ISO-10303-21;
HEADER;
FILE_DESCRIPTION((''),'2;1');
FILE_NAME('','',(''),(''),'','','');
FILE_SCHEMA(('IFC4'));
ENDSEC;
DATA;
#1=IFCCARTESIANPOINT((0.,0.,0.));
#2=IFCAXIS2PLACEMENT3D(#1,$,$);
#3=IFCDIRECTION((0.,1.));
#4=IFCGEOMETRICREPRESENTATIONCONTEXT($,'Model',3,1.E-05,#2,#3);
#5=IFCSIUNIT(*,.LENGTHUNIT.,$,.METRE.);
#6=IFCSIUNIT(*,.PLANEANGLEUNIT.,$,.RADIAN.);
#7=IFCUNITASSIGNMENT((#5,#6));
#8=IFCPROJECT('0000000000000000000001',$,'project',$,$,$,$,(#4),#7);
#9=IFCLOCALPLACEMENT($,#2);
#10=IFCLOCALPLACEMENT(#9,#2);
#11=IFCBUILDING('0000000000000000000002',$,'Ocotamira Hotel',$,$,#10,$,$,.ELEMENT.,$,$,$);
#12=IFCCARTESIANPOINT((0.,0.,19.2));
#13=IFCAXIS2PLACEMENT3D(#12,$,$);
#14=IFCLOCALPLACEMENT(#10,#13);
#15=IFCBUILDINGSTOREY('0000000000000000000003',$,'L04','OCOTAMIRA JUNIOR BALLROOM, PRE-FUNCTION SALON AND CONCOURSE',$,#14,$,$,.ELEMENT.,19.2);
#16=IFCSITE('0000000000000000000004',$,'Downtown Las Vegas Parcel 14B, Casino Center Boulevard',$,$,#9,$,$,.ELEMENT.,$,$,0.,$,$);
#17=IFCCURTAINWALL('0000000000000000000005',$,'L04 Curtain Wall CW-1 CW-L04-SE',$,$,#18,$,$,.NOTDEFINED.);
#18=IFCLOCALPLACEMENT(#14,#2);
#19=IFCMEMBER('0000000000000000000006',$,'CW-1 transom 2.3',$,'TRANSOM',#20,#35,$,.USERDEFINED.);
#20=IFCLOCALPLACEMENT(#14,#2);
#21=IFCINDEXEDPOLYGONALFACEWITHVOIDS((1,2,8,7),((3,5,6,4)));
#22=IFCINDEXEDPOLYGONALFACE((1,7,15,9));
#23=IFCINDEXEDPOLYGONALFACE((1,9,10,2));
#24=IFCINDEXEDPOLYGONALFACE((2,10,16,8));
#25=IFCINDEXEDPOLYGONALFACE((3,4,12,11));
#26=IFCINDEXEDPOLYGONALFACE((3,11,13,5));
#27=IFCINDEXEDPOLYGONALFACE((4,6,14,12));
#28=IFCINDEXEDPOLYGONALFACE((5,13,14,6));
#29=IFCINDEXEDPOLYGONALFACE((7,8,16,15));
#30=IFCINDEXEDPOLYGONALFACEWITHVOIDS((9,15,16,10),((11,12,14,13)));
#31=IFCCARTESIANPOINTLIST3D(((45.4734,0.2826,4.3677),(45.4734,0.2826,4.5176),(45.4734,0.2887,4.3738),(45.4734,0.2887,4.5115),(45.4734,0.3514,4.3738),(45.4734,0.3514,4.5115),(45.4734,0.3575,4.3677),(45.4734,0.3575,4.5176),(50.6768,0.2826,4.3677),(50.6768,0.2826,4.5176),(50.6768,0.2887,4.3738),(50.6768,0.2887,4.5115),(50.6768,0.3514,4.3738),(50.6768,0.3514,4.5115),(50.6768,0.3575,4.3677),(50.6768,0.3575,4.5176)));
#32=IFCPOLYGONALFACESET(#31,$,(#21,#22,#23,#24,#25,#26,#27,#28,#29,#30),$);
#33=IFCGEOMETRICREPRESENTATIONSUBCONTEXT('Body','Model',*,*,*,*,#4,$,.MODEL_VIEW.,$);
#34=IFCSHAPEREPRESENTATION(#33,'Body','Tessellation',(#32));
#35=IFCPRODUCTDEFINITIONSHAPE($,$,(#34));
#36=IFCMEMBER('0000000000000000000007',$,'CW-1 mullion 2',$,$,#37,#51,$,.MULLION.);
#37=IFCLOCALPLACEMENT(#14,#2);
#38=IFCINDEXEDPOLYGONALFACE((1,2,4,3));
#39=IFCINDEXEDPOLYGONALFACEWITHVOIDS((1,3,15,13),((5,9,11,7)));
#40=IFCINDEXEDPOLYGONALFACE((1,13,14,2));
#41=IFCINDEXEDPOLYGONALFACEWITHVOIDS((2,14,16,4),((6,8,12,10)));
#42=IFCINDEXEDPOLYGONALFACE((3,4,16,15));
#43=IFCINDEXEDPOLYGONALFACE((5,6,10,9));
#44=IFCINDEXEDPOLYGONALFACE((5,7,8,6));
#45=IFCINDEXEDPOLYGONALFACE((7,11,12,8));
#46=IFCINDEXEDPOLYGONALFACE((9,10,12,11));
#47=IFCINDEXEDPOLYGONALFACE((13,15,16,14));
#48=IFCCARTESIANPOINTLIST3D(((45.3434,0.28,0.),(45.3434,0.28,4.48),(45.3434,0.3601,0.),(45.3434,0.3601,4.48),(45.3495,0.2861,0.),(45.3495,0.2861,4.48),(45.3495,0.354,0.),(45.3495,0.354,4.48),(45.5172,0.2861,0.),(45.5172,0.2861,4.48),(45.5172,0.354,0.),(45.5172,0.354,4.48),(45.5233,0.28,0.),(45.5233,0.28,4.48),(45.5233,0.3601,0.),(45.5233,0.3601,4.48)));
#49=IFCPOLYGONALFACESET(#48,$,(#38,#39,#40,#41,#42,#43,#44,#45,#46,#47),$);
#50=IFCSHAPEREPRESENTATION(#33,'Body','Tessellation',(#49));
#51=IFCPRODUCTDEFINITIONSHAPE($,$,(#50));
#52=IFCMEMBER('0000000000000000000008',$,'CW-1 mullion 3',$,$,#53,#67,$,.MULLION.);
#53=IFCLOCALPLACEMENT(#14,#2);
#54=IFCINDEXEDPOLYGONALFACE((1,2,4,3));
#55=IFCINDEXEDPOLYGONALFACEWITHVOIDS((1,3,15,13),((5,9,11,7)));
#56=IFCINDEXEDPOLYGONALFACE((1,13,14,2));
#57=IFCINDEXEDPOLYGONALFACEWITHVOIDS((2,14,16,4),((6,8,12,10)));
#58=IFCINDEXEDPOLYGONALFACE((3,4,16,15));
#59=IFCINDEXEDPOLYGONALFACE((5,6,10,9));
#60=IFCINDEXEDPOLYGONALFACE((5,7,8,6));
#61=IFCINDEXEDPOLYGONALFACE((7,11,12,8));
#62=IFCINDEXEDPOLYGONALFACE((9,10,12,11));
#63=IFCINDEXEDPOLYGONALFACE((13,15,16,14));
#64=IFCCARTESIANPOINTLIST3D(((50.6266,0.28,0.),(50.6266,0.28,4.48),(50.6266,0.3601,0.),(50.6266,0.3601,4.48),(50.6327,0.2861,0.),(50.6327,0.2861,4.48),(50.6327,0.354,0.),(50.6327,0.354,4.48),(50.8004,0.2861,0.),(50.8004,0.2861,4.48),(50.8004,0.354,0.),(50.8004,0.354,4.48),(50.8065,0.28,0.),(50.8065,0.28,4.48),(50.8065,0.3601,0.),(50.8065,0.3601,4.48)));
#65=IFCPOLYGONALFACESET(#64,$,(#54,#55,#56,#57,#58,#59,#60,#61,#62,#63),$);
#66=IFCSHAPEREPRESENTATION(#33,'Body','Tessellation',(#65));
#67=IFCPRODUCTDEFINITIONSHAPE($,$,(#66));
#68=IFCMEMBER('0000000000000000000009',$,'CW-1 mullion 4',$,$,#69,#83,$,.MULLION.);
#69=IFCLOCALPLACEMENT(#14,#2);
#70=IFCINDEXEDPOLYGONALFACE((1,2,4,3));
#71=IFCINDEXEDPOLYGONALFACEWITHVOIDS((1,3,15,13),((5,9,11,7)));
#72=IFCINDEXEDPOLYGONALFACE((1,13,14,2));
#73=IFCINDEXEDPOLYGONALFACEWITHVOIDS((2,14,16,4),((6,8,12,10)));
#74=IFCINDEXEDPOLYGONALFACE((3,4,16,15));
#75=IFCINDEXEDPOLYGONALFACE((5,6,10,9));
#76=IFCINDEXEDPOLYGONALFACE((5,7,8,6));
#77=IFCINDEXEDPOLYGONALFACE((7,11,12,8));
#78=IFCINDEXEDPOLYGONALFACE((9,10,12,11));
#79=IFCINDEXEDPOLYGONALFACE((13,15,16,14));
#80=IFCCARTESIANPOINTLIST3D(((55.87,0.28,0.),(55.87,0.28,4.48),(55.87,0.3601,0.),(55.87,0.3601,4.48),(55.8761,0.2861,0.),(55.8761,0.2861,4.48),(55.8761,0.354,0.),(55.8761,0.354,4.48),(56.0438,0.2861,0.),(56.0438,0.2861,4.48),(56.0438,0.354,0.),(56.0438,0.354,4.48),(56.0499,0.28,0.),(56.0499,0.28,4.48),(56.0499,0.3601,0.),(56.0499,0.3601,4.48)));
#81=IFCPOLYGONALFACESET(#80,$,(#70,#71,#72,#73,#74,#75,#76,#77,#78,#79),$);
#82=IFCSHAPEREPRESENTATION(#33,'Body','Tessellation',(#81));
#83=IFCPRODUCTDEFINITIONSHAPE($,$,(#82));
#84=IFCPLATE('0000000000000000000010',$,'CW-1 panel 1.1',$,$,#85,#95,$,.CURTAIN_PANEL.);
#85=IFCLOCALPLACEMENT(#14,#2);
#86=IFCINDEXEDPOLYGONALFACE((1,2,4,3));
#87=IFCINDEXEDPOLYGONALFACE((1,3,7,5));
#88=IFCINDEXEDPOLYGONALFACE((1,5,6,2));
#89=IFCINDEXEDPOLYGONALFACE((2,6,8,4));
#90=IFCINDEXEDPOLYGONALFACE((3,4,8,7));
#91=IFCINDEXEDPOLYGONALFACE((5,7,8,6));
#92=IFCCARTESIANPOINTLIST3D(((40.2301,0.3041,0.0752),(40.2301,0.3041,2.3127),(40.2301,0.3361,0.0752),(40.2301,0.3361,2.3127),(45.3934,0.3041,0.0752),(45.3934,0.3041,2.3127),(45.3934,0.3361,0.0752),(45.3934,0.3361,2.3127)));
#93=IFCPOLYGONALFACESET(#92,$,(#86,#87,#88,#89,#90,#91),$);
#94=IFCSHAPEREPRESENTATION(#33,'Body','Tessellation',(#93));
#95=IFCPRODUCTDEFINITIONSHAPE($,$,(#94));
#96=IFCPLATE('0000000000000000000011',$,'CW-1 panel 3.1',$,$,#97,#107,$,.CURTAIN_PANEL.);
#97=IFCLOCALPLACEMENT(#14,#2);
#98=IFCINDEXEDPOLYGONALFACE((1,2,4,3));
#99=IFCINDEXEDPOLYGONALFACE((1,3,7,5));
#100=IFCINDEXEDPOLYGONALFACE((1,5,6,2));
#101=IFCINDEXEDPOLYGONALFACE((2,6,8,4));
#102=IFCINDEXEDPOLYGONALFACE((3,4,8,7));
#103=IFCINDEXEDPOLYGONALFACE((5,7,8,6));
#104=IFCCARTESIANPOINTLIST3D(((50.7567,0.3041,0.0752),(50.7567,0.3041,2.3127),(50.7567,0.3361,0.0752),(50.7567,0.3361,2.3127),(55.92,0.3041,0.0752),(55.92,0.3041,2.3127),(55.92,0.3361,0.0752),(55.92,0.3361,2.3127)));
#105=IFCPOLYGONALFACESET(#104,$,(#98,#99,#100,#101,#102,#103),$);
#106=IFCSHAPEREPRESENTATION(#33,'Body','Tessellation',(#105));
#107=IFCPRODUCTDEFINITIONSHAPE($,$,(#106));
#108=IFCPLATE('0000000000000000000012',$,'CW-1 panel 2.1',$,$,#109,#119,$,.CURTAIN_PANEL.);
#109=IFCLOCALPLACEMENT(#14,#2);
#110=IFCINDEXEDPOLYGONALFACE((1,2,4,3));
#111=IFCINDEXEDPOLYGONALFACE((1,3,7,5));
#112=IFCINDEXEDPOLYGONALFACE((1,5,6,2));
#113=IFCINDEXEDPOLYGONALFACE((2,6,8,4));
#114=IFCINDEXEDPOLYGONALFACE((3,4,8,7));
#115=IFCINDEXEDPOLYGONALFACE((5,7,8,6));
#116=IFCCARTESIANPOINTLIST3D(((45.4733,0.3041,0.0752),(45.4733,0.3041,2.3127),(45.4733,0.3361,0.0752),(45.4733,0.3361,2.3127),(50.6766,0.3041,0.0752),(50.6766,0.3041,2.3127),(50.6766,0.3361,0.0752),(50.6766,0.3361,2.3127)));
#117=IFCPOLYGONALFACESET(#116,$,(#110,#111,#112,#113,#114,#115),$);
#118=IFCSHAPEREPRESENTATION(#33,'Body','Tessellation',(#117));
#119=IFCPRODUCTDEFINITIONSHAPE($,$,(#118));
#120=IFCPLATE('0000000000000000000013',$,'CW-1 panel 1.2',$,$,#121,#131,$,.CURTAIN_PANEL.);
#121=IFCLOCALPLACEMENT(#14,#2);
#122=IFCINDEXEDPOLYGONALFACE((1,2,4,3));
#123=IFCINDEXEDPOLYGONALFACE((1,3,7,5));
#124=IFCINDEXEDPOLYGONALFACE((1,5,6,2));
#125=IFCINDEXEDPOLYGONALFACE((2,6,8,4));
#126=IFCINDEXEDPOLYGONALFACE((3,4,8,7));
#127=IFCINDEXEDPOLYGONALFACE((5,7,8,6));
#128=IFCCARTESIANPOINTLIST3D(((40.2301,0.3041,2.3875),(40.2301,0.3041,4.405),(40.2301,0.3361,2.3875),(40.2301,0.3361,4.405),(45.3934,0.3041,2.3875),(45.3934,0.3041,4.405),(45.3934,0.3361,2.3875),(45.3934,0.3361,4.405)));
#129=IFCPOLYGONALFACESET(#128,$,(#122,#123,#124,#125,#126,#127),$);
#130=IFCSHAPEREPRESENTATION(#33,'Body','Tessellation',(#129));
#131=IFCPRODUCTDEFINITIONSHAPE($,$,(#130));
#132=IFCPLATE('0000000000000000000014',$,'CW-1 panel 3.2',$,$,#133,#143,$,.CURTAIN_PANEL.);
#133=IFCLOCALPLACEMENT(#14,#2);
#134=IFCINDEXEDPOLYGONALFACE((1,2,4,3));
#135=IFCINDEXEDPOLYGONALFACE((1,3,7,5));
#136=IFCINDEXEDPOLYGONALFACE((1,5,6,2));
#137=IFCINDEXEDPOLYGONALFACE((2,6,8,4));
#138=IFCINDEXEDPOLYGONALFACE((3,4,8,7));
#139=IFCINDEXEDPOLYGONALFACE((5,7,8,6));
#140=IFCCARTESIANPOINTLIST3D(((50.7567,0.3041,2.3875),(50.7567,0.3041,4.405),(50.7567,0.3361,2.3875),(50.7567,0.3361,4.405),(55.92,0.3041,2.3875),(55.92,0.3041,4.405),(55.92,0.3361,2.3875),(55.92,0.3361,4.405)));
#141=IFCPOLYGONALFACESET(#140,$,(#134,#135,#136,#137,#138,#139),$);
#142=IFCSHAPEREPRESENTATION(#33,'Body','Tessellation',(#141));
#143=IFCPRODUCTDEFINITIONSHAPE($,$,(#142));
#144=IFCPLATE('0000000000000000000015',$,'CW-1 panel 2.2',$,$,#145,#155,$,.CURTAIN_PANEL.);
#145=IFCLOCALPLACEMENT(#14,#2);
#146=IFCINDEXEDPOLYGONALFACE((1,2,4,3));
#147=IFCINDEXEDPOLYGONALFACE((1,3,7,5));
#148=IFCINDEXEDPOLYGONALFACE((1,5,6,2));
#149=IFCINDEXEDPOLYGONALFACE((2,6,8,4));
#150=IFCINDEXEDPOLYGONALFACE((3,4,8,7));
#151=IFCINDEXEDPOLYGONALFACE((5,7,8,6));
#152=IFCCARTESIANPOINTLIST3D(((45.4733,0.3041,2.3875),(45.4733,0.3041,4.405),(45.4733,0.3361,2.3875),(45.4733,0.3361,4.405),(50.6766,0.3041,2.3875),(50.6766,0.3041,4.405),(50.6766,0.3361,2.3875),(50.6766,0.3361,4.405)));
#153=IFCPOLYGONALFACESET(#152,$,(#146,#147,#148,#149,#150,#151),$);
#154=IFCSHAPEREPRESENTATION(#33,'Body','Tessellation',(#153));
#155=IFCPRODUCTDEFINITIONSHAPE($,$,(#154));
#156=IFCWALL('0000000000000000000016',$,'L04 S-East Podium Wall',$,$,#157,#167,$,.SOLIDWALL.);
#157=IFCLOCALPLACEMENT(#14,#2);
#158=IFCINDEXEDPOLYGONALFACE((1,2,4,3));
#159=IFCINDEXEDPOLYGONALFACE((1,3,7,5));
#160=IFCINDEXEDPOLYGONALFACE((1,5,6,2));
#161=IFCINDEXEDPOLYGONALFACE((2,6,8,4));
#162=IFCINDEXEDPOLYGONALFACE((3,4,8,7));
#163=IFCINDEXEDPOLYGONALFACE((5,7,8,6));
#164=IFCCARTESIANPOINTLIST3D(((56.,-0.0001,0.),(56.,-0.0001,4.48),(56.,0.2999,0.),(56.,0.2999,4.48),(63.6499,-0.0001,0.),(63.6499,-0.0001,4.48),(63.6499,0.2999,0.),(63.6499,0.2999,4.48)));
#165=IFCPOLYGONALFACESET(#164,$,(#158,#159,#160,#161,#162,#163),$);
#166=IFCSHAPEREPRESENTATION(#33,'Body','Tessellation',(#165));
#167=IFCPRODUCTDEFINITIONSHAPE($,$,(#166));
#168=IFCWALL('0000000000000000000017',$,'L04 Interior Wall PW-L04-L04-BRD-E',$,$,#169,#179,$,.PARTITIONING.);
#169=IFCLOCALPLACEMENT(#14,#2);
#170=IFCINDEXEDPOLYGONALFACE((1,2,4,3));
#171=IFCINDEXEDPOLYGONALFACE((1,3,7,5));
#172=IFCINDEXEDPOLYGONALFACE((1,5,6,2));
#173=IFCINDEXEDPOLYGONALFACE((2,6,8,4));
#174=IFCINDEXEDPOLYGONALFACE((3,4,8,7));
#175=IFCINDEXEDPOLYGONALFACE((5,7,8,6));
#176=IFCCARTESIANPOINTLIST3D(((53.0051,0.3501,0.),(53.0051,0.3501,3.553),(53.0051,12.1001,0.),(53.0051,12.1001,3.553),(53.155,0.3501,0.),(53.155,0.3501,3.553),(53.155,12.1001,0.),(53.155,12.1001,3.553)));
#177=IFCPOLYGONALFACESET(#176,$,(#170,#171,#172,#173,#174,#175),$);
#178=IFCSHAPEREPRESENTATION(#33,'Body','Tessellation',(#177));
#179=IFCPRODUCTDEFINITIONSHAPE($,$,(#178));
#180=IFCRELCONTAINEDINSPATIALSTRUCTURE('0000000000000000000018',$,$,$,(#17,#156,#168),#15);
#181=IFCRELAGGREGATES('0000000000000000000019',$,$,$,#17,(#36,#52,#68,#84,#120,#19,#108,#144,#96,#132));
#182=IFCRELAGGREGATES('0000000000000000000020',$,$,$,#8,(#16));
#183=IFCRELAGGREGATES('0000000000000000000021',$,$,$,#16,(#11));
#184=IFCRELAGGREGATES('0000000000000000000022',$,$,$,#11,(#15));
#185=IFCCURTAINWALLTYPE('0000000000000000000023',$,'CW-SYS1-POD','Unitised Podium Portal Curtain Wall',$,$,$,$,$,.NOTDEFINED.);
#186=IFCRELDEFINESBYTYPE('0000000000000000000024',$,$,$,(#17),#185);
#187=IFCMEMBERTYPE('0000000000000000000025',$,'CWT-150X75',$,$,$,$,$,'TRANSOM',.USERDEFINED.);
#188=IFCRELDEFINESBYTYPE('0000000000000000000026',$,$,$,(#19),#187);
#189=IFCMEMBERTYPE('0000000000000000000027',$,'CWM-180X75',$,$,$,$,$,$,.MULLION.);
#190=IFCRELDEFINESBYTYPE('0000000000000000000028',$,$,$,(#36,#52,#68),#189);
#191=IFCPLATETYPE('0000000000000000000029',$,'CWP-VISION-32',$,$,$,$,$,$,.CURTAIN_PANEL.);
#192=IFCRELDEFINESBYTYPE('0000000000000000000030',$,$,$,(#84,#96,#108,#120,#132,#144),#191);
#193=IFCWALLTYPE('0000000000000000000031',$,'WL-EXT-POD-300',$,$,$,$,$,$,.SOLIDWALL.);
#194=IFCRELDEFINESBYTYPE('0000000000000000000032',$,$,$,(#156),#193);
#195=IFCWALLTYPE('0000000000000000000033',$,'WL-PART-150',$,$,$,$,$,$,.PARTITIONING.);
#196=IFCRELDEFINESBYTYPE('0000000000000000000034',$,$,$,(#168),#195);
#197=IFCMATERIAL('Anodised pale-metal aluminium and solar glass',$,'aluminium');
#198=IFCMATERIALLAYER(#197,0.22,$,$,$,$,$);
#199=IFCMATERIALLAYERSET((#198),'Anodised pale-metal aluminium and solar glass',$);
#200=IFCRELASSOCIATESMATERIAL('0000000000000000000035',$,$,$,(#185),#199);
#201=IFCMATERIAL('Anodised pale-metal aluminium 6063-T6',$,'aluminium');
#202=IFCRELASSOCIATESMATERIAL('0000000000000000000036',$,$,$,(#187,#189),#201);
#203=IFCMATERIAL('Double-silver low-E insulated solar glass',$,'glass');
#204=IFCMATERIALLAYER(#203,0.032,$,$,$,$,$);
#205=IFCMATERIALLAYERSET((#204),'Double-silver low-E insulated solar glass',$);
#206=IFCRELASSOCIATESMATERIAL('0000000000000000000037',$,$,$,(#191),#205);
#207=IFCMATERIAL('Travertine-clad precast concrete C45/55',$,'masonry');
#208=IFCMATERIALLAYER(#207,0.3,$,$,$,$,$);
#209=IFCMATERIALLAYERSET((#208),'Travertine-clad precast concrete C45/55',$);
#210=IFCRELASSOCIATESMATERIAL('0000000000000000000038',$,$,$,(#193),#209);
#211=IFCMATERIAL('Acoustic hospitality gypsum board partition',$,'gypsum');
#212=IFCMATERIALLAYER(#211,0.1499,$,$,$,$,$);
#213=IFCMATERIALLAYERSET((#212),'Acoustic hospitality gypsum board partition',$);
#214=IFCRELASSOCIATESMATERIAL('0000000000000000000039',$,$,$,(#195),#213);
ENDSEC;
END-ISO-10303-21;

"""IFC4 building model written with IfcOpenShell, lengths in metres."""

from ifc_helpers import new_model, si_unit, direction, frame, frame_2d, origin, origin_2d, place, context, subcontext, project, spatial, rectangle, hollow_rectangle, extrude, source, transform, mapped, material, layer, layer_set, material_profile, profile_set, type_object, element, aggregate, save


model = new_model("IFC4")

# Units and contexts
model_context = context("Model", 3, precision=1e-05, world=origin(), true_north=direction((0.0, 1.0)))
body_context = subcontext(model_context, "Body", "Model", "MODEL_VIEW")
ifc_project = project(units=[si_unit("LENGTHUNIT", "METRE"), si_unit("PLANEANGLEUNIT", "RADIAN")], contexts=[model_context])

# Site, building, storey
site_placement = place(None, origin())
site = spatial("IfcSite", under=ifc_project, at=site_placement, Name="Downtown Las Vegas Parcel 14B, Casino Center Boulevard", CompositionType="ELEMENT", RefElevation=0.0)
building_placement = place(site_placement, origin())
building = spatial("IfcBuilding", under=site, at=building_placement, Name="Ocotamira Hotel", CompositionType="ELEMENT")
storey_placement = place(building_placement, frame((0.0, 0.0, 19.2)))
storey = spatial("IfcBuildingStorey", under=building, at=storey_placement, Name="L04", Description="OCOTAMIRA JUNIOR BALLROOM, PRE-FUNCTION SALON AND CONCOURSE", CompositionType="ELEMENT", Elevation=19.2)

# Curtain wall, members, plates
ifc_material_1 = material(Name="Anodised pale-metal aluminium and solar glass", Category="aluminium")
ifc_layer_1 = layer(ifc_material_1, 0.22)
ifc_layer_set_1 = layer_set([ifc_layer_1], Name="Anodised pale-metal aluminium and solar glass")
curtain_wall_type = type_object("IfcCurtainWallType", Name="CW-SYS1-POD", Description="Unitised Podium Portal Curtain Wall", PredefinedType="NOTDEFINED", material=ifc_layer_set_1)
curtain_wall_placement = place(storey_placement, origin())
curtain_wall = element("IfcCurtainWall", 1, at=curtain_wall_placement, inside=storey, type_object=curtain_wall_type, Name="L04 Curtain Wall CW-1 CW-L04-SE", PredefinedType="NOTDEFINED")
ifc_material_2 = material(Name="Anodised pale-metal aluminium 6063-T6", Category="aluminium")
ifc_material_profile_1 = material_profile(ifc_material_2, hollow_rectangle(XDim=0.075, YDim=0.1499, WallThickness=0.0061, at=origin_2d()), Name="HSS150X75X6")
ifc_profile_set_1 = profile_set([ifc_material_profile_1], Name="Anodised pale-metal aluminium 6063-T6")
member_type_1 = type_object("IfcMemberType", Name="CWT-150X75", ElementType="TRANSOM", PredefinedType="USERDEFINED", material=ifc_profile_set_1)
shared_shape_1 = source(origin(), body_context, "Body", "SweptSolid", [
    extrude(hollow_rectangle(XDim=0.075, YDim=0.1499, WallThickness=0.0061, at=origin_2d()), origin(), (0.0, 0.0, 1.0), 5.2034),
])
member_1_placement = place(storey_placement, frame((45.4734, 0.3201, 4.4426), z_axis=(1.0, 0.0, 0.0), x_axis=(0.0, 1.0, 0.0)))
member_1 = element("IfcMember", 2, at=member_1_placement, type_object=member_type_1, Name="CW-1 transom 2.3", ObjectType="TRANSOM", PredefinedType="USERDEFINED", context=body_context, shape_type="MappedRepresentation", body=[
    mapped(shared_shape_1, transform((0.0, 0.0, 0.0), scale=1.0)),
])
ifc_material_profile_2 = material_profile(ifc_material_2, hollow_rectangle(XDim=0.0801, YDim=0.1799, WallThickness=0.0061, at=origin_2d()), Name="HSS180X80X6")
ifc_profile_set_2 = profile_set([ifc_material_profile_2], Name="Anodised pale-metal aluminium 6063-T6")
member_type_2 = type_object("IfcMemberType", Name="CWM-180X75", PredefinedType="MULLION", material=ifc_profile_set_2)
shared_shape_2 = source(origin(), body_context, "Body", "SweptSolid", [
    extrude(hollow_rectangle(XDim=0.0801, YDim=0.1799, WallThickness=0.0061, at=origin_2d()), origin(), (0.0, 0.0, 1.0), 4.48),
])
member_2_placement = place(storey_placement, frame((45.4333, 0.3201, 0.0), z_axis=(0.0, 0.0, 1.0), x_axis=(0.0, 1.0, 0.0)))
member_2 = element("IfcMember", 3, at=member_2_placement, type_object=member_type_2, Name="CW-1 mullion 2", PredefinedType="MULLION", context=body_context, shape_type="MappedRepresentation", body=[
    mapped(shared_shape_2, transform((0.0, 0.0, 0.0), scale=1.0)),
])
member_3_placement = place(storey_placement, frame((50.7166, 0.3201, 0.0), z_axis=(0.0, 0.0, 1.0), x_axis=(0.0, 1.0, 0.0)))
member_3 = element("IfcMember", 4, at=member_3_placement, type_object=member_type_2, Name="CW-1 mullion 3", PredefinedType="MULLION", context=body_context, shape_type="MappedRepresentation", body=[
    mapped(shared_shape_2, transform((0.0, 0.0, 0.0), scale=1.0)),
])
member_4_placement = place(storey_placement, frame((55.96, 0.3201, 0.0), z_axis=(0.0, 0.0, 1.0), x_axis=(0.0, 1.0, 0.0)))
member_4 = element("IfcMember", 5, at=member_4_placement, type_object=member_type_2, Name="CW-1 mullion 4", PredefinedType="MULLION", context=body_context, shape_type="MappedRepresentation", body=[
    mapped(shared_shape_2, transform((0.0, 0.0, 0.0), scale=1.0)),
])
ifc_material_3 = material(Name="Double-silver low-E insulated solar glass", Category="glass")
ifc_layer_2 = layer(ifc_material_3, 0.032)
ifc_layer_set_2 = layer_set([ifc_layer_2], Name="Double-silver low-E insulated solar glass")
plate_type = type_object("IfcPlateType", Name="CWP-VISION-32", PredefinedType="CURTAIN_PANEL", material=ifc_layer_set_2)
shared_shape_3 = source(origin(), body_context, "Body", "SweptSolid", [
    extrude(rectangle(XDim=5.1633, YDim=0.032, at=origin_2d()), origin(), (0.0, 0.0, 1.0), 2.2375),
])
plate_1_placement = place(storey_placement, frame((42.8118, 0.3201, 0.0752), z_axis=(0.0, 0.0, 1.0), x_axis=(1.0, 0.0, 0.0)))
plate_1 = element("IfcPlate", 6, at=plate_1_placement, type_object=plate_type, Name="CW-1 panel 1.1", PredefinedType="CURTAIN_PANEL", context=body_context, shape_type="MappedRepresentation", body=[
    mapped(shared_shape_3, transform((0.0, 0.0, 0.0), scale=1.0)),
])
plate_2_placement = place(storey_placement, frame((53.3384, 0.3201, 0.0752), z_axis=(0.0, 0.0, 1.0), x_axis=(1.0, 0.0, 0.0)))
plate_2 = element("IfcPlate", 7, at=plate_2_placement, type_object=plate_type, Name="CW-1 panel 3.1", PredefinedType="CURTAIN_PANEL", context=body_context, shape_type="MappedRepresentation", body=[
    mapped(shared_shape_3, transform((0.0, 0.0, 0.0), scale=1.0)),
])
shared_shape_4 = source(origin(), body_context, "Body", "SweptSolid", [
    extrude(rectangle(XDim=5.2034, YDim=0.032, at=origin_2d()), origin(), (0.0, 0.0, 1.0), 2.2375),
])
plate_3_placement = place(storey_placement, frame((48.075, 0.3201, 0.0752), z_axis=(0.0, 0.0, 1.0), x_axis=(1.0, 0.0, 0.0)))
plate_3 = element("IfcPlate", 8, at=plate_3_placement, type_object=plate_type, Name="CW-1 panel 2.1", PredefinedType="CURTAIN_PANEL", context=body_context, shape_type="MappedRepresentation", body=[
    mapped(shared_shape_4, transform((0.0, 0.0, 0.0), scale=1.0)),
])
shared_shape_5 = source(origin(), body_context, "Body", "SweptSolid", [
    extrude(rectangle(XDim=5.1633, YDim=0.032, at=origin_2d()), origin(), (0.0, 0.0, 1.0), 2.0176),
])
plate_4_placement = place(storey_placement, frame((42.8118, 0.3201, 2.3875), z_axis=(0.0, 0.0, 1.0), x_axis=(1.0, 0.0, 0.0)))
plate_4 = element("IfcPlate", 9, at=plate_4_placement, type_object=plate_type, Name="CW-1 panel 1.2", PredefinedType="CURTAIN_PANEL", context=body_context, shape_type="MappedRepresentation", body=[
    mapped(shared_shape_5, transform((0.0, 0.0, 0.0), scale=1.0)),
])
plate_5_placement = place(storey_placement, frame((53.3384, 0.3201, 2.3875), z_axis=(0.0, 0.0, 1.0), x_axis=(1.0, 0.0, 0.0)))
plate_5 = element("IfcPlate", 10, at=plate_5_placement, type_object=plate_type, Name="CW-1 panel 3.2", PredefinedType="CURTAIN_PANEL", context=body_context, shape_type="MappedRepresentation", body=[
    mapped(shared_shape_5, transform((0.0, 0.0, 0.0), scale=1.0)),
])
shared_shape_6 = source(origin(), body_context, "Body", "SweptSolid", [
    extrude(rectangle(XDim=5.2034, YDim=0.032, at=origin_2d()), origin(), (0.0, 0.0, 1.0), 2.0176),
])
plate_6_placement = place(storey_placement, frame((48.075, 0.3201, 2.3875), z_axis=(0.0, 0.0, 1.0), x_axis=(1.0, 0.0, 0.0)))
plate_6 = element("IfcPlate", 11, at=plate_6_placement, type_object=plate_type, Name="CW-1 panel 2.2", PredefinedType="CURTAIN_PANEL", context=body_context, shape_type="MappedRepresentation", body=[
    mapped(shared_shape_6, transform((0.0, 0.0, 0.0), scale=1.0)),
])
aggregate(curtain_wall, [member_2, member_3, member_4, plate_1, plate_4, member_1, plate_3, plate_6, plate_2, plate_5])

# Walls
ifc_material_4 = material(Name="Travertine-clad precast concrete C45/55", Category="masonry")
ifc_layer_3 = layer(ifc_material_4, 0.3)
ifc_layer_set_3 = layer_set([ifc_layer_3], Name="Travertine-clad precast concrete C45/55")
wall_type_1 = type_object("IfcWallType", Name="WL-EXT-POD-300", PredefinedType="SOLIDWALL", material=ifc_layer_set_3)
wall_1_placement = place(storey_placement, frame((63.6499, 0.1499, 0.0), z_axis=(0.0, 0.0, 1.0), x_axis=(-1.0, 0.0, 0.0)))
element("IfcWall", 12, at=wall_1_placement, inside=storey, type_object=wall_type_1, Name="L04 S-East Podium Wall", PredefinedType="SOLIDWALL", context=body_context, shape_type="SweptSolid", body=[
    extrude(rectangle(XDim=7.6499, YDim=0.3, at=frame_2d((3.825, 0.0))), origin(), (0.0, 0.0, 1.0), 4.48),
])
ifc_material_5 = material(Name="Acoustic hospitality gypsum board partition", Category="gypsum")
ifc_layer_4 = layer(ifc_material_5, 0.1499)
ifc_layer_set_4 = layer_set([ifc_layer_4], Name="Acoustic hospitality gypsum board partition")
wall_type_2 = type_object("IfcWallType", Name="WL-PART-150", PredefinedType="PARTITIONING", material=ifc_layer_set_4)
wall_2_placement = place(storey_placement, frame((53.0801, 0.3501, 0.0), z_axis=(0.0, 0.0, 1.0), x_axis=(0.0, 1.0, 0.0)))
element("IfcWall", 13, at=wall_2_placement, inside=storey, type_object=wall_type_2, Name="L04 Interior Wall PW-L04-L04-BRD-E", PredefinedType="PARTITIONING", context=body_context, shape_type="SweptSolid", body=[
    extrude(rectangle(XDim=11.75, YDim=0.1499, at=frame_2d((5.875, 0.0))), origin(), (0.0, 0.0, 1.0), 3.553),
])

save(model, "model.ifc")
